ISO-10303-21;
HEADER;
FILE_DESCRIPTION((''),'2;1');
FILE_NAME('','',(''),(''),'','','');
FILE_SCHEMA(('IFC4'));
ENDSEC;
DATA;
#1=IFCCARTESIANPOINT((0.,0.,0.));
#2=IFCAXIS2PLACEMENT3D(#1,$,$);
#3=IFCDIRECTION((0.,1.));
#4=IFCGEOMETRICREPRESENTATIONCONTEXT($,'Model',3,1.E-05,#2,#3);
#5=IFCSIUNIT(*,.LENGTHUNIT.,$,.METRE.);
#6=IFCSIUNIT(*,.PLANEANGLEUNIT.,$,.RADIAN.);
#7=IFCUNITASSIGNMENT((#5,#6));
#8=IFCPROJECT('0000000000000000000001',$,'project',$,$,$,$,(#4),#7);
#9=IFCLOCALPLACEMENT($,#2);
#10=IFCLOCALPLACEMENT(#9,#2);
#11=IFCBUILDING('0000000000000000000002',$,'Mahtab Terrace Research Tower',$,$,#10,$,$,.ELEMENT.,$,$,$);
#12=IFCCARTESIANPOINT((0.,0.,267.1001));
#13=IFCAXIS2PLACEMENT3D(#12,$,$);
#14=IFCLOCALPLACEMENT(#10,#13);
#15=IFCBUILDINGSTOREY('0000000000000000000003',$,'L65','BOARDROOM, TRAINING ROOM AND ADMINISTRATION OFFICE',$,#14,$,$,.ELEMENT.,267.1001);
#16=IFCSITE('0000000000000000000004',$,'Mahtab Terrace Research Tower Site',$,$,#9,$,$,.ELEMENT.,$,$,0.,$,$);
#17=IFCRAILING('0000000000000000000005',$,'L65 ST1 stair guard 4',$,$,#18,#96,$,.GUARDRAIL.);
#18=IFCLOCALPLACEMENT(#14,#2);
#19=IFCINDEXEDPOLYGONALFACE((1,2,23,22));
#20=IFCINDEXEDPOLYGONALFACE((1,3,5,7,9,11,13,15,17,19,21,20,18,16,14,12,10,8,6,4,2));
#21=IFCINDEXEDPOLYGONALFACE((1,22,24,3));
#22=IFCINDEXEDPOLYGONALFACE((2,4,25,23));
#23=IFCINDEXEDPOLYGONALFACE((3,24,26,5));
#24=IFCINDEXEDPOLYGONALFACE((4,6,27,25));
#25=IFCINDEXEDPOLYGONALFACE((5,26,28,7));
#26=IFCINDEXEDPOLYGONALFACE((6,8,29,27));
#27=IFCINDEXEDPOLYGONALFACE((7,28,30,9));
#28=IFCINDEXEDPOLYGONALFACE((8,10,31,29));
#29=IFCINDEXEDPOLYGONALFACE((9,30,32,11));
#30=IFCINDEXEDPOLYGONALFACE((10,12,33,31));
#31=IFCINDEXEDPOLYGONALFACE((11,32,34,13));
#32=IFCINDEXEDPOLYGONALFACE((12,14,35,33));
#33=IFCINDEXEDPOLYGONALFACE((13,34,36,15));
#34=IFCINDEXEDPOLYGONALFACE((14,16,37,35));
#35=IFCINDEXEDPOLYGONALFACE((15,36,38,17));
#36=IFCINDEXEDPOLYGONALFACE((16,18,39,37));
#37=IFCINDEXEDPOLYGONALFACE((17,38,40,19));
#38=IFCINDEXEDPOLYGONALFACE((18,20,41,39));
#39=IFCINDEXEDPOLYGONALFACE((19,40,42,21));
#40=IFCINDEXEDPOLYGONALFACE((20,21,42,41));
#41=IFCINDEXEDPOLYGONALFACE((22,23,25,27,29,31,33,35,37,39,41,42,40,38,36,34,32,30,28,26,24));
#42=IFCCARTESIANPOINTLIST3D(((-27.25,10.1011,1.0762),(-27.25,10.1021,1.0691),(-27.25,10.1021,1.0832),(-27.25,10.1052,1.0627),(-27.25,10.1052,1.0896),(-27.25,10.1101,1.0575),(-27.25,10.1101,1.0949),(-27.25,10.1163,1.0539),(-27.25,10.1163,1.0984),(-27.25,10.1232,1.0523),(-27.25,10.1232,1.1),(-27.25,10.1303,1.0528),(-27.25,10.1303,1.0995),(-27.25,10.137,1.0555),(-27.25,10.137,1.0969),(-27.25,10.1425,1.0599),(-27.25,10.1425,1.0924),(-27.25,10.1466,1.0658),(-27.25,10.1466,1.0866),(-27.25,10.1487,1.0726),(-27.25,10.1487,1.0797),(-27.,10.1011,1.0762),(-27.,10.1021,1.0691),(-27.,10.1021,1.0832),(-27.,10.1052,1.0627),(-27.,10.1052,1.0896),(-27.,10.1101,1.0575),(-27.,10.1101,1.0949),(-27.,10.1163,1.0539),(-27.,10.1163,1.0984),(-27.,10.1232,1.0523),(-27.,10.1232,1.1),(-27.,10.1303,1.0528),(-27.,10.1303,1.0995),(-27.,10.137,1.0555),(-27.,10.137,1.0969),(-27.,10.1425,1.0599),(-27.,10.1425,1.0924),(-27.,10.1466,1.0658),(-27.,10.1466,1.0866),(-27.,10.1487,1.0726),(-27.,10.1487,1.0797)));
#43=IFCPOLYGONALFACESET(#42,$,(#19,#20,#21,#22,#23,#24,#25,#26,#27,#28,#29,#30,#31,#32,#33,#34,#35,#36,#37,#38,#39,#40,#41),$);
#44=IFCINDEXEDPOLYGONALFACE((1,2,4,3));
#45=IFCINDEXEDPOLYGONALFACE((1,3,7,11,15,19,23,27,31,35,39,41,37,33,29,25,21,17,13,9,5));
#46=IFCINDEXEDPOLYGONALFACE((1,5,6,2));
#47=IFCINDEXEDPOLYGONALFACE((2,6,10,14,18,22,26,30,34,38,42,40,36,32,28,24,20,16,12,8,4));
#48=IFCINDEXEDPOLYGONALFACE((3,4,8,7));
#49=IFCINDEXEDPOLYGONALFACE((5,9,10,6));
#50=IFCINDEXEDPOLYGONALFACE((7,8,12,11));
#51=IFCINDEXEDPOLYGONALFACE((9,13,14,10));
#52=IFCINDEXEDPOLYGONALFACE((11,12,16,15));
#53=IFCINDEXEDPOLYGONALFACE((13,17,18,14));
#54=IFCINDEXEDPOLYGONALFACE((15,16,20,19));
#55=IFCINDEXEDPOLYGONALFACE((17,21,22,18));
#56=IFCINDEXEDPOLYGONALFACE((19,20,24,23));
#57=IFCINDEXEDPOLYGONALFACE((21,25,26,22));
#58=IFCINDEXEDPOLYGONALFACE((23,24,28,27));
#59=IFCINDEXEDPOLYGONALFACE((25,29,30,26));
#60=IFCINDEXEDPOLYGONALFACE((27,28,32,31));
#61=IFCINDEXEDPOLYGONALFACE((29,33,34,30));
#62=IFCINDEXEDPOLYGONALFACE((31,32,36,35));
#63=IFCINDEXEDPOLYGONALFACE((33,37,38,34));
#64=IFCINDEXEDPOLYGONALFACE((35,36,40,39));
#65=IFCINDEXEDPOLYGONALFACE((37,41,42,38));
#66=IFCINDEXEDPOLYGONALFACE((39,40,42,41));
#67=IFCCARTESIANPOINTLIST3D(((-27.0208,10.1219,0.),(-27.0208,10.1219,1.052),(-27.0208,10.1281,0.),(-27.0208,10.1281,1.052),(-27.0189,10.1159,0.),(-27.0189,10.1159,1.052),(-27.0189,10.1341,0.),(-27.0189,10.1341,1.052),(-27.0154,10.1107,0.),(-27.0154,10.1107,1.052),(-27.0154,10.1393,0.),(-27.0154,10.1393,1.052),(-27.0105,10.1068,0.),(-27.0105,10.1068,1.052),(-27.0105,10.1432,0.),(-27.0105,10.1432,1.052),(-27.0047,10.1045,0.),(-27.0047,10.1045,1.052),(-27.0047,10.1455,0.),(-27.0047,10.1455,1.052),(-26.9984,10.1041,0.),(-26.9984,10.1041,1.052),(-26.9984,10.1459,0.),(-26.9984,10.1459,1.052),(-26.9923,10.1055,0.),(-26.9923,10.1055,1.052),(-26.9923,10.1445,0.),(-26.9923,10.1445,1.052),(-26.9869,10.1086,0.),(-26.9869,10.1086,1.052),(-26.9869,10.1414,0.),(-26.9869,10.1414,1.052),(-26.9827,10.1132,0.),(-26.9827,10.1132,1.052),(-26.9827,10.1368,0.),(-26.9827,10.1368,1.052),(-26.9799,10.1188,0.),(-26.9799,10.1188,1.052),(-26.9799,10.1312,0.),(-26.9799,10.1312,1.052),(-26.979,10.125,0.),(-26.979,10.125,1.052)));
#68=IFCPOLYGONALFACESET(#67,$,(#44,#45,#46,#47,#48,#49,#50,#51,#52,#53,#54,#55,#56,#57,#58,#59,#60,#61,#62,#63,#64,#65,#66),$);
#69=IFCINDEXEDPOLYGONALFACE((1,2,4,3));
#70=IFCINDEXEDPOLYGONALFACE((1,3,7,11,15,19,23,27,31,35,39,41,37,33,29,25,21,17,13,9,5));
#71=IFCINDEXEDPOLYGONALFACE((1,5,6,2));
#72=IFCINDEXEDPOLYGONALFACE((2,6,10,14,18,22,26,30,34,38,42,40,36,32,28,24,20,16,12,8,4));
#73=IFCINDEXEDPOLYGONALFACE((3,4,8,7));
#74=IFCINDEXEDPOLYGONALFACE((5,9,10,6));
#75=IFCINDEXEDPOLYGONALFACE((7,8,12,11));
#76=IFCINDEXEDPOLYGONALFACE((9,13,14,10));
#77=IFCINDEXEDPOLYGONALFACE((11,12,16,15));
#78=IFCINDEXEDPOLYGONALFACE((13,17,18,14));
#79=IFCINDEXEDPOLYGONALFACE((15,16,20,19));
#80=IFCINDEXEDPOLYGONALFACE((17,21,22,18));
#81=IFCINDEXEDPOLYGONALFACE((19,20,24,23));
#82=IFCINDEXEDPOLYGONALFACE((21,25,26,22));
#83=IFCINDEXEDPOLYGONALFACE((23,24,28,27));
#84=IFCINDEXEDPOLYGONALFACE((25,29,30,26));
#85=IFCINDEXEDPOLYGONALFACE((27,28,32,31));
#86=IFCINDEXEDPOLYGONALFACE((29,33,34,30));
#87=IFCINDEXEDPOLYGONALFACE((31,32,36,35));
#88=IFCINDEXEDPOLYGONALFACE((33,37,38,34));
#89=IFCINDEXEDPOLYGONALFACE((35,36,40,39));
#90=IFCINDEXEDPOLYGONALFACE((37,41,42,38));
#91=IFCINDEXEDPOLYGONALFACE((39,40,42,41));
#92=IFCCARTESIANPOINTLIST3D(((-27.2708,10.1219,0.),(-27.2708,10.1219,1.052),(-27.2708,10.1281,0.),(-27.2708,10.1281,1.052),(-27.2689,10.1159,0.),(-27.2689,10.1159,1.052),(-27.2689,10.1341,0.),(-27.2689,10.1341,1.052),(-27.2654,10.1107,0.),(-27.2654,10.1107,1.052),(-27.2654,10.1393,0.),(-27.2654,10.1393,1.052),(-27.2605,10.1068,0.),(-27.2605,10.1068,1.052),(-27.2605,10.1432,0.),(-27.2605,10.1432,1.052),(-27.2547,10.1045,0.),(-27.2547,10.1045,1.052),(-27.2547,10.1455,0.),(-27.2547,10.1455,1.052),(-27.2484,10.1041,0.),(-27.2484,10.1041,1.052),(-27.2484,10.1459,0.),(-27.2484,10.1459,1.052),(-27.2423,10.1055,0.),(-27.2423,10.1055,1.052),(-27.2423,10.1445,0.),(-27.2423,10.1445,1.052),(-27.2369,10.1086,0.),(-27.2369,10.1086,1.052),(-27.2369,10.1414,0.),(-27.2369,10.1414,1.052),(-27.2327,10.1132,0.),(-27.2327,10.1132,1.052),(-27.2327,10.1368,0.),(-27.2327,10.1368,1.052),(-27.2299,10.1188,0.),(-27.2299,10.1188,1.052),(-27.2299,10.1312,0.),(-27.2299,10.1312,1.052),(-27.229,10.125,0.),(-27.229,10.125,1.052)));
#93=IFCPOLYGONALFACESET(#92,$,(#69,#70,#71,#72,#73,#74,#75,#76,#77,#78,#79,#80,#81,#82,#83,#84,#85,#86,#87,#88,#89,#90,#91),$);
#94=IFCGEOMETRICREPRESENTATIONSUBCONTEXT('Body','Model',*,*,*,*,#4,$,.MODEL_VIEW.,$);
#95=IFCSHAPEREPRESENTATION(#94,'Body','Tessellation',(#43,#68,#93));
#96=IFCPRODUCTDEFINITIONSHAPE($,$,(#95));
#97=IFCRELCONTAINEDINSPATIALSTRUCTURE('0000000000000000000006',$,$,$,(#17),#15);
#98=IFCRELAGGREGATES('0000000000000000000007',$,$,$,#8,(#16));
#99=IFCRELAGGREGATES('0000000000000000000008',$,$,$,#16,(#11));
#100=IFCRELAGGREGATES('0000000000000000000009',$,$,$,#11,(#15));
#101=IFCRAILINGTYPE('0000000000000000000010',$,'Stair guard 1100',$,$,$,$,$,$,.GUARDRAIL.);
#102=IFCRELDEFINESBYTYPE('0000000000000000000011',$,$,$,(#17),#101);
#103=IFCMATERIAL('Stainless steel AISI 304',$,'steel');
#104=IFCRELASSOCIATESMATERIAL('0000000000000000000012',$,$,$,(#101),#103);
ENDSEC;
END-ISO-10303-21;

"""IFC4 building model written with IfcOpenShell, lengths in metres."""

from ifc_helpers import new_model, si_unit, direction, frame, origin, origin_2d, place, context, subcontext, project, spatial, circle, extrude, material, type_object, element, save


model = new_model("IFC4")

# Units and contexts
model_context = context("Model", 3, precision=1e-05, world=origin(), true_north=direction((0.0, 1.0)))
body_context = subcontext(model_context, "Body", "Model", "MODEL_VIEW")
ifc_project = project(units=[si_unit("LENGTHUNIT", "METRE"), si_unit("PLANEANGLEUNIT", "RADIAN")], contexts=[model_context])

# Site, building, storey
site_placement = place(None, origin())
site = spatial("IfcSite", under=ifc_project, at=site_placement, Name="Mahtab Terrace Research Tower Site", CompositionType="ELEMENT", RefElevation=0.0)
building_placement = place(site_placement, origin())
building = spatial("IfcBuilding", under=site, at=building_placement, Name="Mahtab Terrace Research Tower", CompositionType="ELEMENT")
storey_placement = place(building_placement, frame((0.0, 0.0, 267.1001)))
storey = spatial("IfcBuildingStorey", under=building, at=storey_placement, Name="L65", Description="BOARDROOM, TRAINING ROOM AND ADMINISTRATION OFFICE", CompositionType="ELEMENT", Elevation=267.1001)

# Railing
ifc_material_1 = material(Name="Stainless steel AISI 304", Category="steel")
railing_type_1 = type_object("IfcRailingType", Name="Stair guard 1100", PredefinedType="GUARDRAIL", material=ifc_material_1)
railing_1_placement = place(storey_placement, frame((-27.0, 10.125, 0.0)))
element("IfcRailing", 1, at=railing_1_placement, inside=storey, type_object=railing_type_1, Name="L65 ST1 stair guard 4", PredefinedType="GUARDRAIL", context=body_context, shape_type="SweptSolid", body=[
    extrude(circle(Radius=0.0239, at=origin_2d()), frame((0.0, 0.0, 1.0762), z_axis=(-1.0, 0.0, 0.0), x_axis=(0.0, -1.0, 0.0)), (0.0, 0.0, 1.0), 0.25),
    extrude(circle(Radius=0.021, at=origin_2d()), origin(), (0.0, 0.0, 1.0), 1.052),
    extrude(circle(Radius=0.021, at=origin_2d()), frame((-0.25, 0.0, 0.0)), (0.0, 0.0, 1.0), 1.052),
])

save(model, "model.ifc")
